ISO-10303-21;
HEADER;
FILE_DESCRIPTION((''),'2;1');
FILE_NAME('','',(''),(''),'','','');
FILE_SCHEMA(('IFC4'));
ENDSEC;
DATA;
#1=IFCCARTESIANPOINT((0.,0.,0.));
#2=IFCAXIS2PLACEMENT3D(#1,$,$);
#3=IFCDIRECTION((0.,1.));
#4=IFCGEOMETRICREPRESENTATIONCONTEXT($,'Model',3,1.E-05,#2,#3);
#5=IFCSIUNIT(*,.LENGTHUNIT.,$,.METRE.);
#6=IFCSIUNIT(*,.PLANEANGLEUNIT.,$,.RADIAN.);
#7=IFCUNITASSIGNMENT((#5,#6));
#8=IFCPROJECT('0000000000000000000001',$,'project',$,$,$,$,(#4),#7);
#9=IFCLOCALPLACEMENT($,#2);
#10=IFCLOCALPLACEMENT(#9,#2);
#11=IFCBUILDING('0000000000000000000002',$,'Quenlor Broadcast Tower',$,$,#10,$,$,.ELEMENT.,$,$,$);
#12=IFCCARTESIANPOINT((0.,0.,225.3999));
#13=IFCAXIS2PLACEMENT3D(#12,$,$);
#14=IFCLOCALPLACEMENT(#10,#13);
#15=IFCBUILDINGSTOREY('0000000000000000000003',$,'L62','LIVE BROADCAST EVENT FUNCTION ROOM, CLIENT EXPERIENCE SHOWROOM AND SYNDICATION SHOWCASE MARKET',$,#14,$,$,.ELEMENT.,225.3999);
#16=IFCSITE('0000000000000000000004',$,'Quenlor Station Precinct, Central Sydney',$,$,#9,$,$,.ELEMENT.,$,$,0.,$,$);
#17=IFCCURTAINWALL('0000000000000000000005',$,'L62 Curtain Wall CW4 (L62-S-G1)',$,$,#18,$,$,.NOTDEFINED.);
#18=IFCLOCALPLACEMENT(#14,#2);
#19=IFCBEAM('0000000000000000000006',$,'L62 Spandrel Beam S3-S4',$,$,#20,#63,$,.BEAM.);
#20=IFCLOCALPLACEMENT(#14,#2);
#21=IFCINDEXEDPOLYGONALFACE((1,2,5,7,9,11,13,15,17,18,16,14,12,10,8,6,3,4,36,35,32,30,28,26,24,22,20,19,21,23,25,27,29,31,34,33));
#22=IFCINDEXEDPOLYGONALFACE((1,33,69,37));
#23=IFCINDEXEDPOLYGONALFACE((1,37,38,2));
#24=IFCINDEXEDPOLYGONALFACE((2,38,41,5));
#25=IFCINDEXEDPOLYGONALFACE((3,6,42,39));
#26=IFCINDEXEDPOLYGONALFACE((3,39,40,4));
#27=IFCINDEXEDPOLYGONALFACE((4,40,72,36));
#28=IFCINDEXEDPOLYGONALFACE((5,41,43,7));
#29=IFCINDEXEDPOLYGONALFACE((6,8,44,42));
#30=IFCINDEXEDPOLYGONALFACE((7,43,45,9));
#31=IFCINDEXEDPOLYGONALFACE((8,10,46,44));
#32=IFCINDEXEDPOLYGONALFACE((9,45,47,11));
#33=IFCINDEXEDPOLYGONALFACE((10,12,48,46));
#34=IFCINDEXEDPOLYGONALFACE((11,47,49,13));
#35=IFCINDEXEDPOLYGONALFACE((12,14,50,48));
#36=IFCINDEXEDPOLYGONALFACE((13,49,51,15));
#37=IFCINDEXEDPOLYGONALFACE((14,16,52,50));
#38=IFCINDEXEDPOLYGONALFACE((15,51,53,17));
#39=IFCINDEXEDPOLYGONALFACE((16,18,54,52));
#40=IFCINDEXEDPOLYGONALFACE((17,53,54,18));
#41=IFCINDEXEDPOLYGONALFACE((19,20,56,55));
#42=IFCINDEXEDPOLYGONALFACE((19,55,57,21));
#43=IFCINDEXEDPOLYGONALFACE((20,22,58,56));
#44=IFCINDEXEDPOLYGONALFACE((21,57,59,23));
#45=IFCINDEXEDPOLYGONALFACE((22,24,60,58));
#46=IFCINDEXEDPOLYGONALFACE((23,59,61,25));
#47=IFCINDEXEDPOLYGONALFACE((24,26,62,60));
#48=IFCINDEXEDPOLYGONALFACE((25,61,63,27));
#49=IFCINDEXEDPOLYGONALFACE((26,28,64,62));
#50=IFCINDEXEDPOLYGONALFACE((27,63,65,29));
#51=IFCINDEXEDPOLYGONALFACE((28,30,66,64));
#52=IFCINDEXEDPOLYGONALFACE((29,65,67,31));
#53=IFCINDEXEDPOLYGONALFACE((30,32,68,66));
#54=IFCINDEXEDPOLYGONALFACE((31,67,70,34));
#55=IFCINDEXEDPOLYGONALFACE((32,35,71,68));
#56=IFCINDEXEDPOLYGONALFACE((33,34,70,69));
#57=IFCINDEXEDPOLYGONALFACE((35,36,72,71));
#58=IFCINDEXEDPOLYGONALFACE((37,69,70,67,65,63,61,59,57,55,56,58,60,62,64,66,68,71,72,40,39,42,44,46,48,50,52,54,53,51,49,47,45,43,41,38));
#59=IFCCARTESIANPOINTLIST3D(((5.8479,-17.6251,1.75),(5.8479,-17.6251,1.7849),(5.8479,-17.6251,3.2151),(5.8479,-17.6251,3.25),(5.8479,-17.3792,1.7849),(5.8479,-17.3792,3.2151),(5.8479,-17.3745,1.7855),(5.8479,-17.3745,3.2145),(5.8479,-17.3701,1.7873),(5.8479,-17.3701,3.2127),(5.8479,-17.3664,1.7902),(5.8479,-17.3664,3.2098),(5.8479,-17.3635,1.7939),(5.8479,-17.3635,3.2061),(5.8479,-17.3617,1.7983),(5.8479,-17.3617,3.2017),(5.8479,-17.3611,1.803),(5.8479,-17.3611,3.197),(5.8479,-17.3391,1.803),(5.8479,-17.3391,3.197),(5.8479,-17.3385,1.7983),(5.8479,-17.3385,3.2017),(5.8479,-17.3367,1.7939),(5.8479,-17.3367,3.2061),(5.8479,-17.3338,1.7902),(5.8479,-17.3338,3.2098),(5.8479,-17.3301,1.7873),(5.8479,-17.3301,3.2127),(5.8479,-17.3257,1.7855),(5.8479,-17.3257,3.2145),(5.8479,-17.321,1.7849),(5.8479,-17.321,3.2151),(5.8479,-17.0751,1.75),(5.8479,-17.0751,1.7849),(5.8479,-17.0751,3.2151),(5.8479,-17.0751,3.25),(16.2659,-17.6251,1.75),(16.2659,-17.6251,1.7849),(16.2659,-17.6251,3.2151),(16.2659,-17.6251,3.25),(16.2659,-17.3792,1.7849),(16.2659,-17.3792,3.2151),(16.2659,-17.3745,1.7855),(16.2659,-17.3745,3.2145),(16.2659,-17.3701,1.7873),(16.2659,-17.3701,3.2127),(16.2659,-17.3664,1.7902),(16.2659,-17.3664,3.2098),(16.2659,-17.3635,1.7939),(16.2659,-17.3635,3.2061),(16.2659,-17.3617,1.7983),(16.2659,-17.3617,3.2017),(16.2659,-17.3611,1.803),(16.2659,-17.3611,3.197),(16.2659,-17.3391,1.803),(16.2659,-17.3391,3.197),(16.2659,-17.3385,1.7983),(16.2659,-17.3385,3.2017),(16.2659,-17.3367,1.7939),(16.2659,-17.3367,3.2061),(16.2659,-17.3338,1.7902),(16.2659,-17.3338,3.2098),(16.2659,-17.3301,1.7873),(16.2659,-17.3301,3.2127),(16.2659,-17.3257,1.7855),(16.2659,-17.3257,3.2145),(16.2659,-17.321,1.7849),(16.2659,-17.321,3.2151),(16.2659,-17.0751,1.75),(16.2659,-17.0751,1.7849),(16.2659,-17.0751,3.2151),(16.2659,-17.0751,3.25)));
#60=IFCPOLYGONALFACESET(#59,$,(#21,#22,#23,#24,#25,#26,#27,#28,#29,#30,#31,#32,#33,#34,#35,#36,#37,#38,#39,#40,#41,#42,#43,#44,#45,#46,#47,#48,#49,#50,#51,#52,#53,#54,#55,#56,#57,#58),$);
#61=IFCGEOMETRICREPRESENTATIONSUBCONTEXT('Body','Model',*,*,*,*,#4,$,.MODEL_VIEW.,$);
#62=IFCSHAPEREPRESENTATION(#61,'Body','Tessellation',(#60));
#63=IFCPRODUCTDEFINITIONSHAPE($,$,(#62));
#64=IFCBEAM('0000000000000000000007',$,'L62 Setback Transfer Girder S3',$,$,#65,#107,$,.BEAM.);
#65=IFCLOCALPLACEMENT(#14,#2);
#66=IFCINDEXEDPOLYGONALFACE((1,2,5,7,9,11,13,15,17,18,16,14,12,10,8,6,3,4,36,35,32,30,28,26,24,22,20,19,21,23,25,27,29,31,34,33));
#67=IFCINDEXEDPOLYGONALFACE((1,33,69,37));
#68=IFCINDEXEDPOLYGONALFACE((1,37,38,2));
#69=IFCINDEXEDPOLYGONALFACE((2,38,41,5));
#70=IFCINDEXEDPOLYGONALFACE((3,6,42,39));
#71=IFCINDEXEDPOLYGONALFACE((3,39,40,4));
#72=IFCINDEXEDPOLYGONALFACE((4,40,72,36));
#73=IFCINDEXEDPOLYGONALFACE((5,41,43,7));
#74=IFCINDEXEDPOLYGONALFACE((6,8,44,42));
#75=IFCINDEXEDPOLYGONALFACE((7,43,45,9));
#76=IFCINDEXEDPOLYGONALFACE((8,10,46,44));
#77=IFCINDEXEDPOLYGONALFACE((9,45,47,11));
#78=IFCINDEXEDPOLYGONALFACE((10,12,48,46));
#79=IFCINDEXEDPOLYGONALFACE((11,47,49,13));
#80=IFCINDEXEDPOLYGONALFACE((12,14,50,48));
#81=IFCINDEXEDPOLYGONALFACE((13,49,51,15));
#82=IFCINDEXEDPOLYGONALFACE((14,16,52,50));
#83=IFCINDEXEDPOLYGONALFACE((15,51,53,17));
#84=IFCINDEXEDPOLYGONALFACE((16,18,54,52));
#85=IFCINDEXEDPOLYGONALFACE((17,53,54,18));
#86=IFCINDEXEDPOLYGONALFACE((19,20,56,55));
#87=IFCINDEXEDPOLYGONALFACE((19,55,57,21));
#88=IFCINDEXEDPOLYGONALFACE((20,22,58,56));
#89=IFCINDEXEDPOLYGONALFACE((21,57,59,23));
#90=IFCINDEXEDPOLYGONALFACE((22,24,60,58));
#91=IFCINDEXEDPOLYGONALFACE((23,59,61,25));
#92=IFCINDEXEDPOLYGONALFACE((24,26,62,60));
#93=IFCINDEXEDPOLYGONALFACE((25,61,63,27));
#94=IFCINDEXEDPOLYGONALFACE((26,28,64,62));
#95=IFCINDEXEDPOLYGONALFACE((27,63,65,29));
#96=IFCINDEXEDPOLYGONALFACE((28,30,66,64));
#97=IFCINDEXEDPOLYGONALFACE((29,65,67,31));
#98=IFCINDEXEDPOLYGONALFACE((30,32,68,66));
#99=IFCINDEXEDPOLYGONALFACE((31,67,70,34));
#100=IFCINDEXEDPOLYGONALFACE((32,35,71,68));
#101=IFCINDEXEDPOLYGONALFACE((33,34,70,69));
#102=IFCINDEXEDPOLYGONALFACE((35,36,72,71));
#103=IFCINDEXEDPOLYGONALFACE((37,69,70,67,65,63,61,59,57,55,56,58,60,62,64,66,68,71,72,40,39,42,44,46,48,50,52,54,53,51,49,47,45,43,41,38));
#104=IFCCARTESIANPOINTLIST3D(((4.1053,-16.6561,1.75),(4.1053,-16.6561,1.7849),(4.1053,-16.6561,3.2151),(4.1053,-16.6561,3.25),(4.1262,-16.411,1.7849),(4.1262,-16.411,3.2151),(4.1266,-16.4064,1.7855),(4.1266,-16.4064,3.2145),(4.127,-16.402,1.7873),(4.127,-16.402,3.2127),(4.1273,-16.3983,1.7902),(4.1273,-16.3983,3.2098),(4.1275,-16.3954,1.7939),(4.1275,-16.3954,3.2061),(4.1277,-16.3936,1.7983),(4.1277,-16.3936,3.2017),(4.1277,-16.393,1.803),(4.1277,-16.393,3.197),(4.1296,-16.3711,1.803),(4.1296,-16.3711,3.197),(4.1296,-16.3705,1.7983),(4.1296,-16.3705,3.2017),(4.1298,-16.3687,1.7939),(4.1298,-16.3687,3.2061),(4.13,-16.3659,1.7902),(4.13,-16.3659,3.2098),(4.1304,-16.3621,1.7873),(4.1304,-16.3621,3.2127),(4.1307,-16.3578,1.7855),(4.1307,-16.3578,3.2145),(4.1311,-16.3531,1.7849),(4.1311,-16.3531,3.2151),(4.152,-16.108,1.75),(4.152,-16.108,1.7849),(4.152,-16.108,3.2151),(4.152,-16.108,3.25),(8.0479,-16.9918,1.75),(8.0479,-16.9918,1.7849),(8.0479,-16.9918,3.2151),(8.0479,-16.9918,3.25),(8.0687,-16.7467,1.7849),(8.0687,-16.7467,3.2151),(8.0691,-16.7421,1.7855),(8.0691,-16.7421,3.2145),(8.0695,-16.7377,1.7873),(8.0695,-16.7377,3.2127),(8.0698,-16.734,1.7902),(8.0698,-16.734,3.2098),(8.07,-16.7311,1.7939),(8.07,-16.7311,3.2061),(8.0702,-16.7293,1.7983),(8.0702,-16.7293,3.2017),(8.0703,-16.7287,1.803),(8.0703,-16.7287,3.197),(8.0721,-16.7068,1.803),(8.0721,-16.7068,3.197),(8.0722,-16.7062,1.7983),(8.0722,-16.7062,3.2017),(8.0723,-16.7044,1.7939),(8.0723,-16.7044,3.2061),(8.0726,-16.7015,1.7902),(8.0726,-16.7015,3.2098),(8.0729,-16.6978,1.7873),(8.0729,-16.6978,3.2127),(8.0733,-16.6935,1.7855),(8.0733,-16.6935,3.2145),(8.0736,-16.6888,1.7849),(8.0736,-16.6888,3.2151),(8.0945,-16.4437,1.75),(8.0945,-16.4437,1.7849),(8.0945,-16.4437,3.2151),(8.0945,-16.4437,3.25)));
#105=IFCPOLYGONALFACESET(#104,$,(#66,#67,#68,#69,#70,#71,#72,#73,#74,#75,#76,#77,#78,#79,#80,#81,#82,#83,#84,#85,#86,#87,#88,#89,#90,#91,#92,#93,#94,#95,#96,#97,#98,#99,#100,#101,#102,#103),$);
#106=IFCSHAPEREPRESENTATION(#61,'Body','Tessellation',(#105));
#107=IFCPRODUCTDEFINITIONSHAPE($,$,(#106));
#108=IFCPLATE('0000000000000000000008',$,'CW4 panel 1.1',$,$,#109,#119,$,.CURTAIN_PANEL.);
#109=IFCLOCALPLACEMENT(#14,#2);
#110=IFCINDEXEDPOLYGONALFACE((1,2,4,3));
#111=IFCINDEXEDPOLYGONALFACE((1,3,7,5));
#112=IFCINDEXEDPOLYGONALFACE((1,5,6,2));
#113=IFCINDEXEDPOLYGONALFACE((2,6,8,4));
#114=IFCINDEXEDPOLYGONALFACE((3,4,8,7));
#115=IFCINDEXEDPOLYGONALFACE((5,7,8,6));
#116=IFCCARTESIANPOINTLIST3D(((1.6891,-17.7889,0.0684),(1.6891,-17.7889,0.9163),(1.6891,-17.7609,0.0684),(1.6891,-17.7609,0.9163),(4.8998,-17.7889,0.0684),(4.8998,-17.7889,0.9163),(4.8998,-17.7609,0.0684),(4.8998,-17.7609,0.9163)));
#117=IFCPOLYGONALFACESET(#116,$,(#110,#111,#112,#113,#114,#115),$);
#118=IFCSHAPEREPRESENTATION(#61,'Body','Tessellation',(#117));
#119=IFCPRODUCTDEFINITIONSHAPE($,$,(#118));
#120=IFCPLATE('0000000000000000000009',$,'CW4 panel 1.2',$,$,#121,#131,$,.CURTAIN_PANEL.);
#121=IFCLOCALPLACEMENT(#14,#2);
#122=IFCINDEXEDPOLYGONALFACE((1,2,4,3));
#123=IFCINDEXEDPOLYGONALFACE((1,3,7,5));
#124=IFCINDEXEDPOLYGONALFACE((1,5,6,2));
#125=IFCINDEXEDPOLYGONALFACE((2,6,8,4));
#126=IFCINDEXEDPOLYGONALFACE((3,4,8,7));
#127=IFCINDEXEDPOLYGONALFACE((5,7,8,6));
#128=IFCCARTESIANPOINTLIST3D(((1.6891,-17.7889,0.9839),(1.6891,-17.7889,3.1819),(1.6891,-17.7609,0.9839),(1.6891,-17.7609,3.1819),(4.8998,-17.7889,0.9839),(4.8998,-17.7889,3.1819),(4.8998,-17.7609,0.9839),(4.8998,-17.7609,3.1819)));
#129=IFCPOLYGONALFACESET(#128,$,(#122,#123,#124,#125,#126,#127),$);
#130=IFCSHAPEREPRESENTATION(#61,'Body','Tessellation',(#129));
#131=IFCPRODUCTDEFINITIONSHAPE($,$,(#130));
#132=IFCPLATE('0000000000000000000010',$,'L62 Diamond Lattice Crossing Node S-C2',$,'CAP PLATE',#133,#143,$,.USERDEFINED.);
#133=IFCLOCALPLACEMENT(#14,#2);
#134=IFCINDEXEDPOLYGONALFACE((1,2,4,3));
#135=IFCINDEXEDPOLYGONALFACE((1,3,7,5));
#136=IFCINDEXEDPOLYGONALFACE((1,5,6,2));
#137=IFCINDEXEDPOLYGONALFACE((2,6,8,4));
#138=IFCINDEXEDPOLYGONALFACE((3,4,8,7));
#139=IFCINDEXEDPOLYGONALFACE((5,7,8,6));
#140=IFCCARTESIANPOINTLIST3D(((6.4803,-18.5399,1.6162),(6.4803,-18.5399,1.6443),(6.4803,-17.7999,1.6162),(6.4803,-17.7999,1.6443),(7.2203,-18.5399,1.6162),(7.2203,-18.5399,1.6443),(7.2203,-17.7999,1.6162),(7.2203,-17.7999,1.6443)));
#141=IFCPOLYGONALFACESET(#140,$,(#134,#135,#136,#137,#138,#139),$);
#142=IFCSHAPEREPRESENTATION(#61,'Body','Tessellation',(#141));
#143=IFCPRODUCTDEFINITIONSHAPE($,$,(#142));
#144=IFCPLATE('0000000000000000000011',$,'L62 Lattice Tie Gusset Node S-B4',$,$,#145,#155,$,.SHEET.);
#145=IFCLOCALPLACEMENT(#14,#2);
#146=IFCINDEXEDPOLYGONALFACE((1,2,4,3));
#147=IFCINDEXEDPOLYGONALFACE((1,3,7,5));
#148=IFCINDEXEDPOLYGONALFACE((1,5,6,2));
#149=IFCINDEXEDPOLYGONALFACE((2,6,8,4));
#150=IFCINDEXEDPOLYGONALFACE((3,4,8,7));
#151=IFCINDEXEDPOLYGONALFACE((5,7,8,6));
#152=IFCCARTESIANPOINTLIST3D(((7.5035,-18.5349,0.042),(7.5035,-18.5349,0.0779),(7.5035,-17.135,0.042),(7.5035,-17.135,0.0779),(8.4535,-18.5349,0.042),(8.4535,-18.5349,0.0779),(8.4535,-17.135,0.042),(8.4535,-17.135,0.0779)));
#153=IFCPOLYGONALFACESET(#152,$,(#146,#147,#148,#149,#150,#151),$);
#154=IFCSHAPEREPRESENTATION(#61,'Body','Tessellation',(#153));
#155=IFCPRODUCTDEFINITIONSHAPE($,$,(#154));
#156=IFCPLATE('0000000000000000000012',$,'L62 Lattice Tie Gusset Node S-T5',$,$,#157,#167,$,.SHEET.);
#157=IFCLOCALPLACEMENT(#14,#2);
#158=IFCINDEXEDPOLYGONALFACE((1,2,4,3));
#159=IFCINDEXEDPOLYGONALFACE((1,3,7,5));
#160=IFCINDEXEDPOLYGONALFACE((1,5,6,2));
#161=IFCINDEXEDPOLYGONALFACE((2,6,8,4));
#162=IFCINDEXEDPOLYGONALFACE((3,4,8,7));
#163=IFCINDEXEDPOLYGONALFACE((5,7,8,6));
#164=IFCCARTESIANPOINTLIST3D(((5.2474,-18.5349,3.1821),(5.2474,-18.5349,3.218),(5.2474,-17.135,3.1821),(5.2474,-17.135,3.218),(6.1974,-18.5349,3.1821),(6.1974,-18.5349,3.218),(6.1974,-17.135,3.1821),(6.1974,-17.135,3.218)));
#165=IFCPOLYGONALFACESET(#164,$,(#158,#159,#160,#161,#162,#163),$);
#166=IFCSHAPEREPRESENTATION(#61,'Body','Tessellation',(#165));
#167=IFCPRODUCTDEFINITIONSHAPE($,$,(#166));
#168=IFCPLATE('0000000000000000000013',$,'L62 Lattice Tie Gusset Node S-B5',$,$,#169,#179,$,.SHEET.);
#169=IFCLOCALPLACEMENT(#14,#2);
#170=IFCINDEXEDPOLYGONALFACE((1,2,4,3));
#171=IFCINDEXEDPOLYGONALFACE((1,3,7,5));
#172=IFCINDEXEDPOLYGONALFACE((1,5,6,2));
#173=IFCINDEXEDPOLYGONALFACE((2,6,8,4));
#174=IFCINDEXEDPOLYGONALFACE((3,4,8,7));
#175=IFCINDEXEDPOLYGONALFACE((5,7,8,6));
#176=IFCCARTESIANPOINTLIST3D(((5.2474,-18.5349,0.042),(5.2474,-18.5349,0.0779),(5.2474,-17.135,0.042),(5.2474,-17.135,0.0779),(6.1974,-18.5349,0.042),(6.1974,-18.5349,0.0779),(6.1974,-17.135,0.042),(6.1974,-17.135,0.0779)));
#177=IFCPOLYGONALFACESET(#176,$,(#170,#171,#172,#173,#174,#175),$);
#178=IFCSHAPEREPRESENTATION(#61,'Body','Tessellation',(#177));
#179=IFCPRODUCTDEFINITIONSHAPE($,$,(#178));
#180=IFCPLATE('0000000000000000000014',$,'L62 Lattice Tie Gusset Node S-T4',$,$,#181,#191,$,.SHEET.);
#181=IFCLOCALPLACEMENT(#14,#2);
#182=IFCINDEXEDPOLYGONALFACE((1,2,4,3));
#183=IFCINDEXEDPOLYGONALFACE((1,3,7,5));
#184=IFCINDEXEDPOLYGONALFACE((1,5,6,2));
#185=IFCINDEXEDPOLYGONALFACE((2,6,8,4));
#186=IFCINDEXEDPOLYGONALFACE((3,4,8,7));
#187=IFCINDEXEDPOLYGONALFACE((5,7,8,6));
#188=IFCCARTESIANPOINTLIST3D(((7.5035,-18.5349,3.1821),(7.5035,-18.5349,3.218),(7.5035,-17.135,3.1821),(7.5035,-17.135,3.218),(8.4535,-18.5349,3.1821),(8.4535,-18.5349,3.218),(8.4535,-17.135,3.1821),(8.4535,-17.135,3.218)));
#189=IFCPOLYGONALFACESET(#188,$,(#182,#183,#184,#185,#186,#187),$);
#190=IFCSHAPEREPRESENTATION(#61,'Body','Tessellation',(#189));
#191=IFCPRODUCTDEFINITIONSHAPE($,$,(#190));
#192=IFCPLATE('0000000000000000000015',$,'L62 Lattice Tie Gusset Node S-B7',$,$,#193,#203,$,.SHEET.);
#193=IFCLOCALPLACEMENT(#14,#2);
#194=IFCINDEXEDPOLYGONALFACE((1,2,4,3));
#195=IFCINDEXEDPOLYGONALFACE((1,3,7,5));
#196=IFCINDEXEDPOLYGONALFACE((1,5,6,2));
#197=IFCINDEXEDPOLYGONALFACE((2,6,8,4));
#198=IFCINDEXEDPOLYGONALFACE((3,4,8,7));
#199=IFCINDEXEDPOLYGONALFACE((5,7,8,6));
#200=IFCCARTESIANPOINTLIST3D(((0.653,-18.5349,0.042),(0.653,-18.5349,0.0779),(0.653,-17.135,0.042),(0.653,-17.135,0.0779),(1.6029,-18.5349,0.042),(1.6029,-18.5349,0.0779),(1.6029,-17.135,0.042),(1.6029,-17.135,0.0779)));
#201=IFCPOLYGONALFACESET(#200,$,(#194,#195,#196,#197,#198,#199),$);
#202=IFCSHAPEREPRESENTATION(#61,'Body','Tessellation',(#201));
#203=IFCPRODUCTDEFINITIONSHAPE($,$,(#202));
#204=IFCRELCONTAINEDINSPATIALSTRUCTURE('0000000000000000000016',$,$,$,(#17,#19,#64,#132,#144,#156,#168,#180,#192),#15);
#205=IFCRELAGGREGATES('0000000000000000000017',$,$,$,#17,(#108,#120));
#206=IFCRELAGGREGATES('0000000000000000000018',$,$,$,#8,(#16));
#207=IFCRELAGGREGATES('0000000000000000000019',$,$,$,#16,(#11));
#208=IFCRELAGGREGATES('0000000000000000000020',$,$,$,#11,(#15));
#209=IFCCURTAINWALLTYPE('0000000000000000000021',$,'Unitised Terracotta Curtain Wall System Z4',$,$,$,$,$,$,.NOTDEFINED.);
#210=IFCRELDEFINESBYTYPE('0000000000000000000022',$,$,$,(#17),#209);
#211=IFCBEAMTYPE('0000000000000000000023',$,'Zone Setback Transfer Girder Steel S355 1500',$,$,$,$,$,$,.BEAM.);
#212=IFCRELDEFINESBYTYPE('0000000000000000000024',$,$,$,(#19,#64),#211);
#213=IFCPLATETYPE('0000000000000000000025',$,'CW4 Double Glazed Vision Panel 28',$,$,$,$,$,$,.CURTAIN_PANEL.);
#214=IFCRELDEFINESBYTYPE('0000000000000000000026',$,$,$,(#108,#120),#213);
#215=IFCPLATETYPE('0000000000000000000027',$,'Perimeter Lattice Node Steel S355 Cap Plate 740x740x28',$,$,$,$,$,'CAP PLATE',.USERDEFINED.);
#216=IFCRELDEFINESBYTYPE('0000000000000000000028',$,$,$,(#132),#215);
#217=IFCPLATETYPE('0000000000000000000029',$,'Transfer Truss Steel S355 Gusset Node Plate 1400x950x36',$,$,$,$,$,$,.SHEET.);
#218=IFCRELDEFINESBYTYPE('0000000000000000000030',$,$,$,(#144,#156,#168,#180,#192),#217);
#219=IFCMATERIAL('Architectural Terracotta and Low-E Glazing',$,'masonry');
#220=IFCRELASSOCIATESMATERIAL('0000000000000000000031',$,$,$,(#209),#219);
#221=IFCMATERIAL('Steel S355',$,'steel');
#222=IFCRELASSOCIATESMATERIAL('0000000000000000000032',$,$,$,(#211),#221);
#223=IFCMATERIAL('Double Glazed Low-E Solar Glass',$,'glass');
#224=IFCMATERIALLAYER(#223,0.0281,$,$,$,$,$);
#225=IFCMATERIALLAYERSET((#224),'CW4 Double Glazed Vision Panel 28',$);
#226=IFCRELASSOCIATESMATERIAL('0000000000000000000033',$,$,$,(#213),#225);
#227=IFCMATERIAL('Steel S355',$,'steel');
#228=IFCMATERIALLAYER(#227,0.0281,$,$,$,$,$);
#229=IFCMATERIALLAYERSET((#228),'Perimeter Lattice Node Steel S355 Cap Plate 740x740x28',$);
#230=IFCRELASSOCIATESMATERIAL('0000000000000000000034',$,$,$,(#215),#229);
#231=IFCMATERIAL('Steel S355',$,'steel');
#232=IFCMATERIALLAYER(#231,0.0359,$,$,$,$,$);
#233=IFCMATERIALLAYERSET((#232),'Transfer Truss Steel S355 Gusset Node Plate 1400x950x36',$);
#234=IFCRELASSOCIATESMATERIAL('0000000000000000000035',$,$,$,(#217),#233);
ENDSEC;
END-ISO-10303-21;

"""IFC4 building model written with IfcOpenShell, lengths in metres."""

from ifc_helpers import new_model, si_unit, direction, frame, origin, origin_2d, place, context, subcontext, project, spatial, rectangle, i_section, extrude, material, layer, layer_set, material_profile, profile_set, type_object, element, aggregate, save


model = new_model("IFC4")

# Units and contexts
model_context = context("Model", 3, precision=1e-05, world=origin(), true_north=direction((0.0, 1.0)))
body_context = subcontext(model_context, "Body", "Model", "MODEL_VIEW")
ifc_project = project(units=[si_unit("LENGTHUNIT", "METRE"), si_unit("PLANEANGLEUNIT", "RADIAN")], contexts=[model_context])

# Site, building, storey
site_placement = place(None, origin())
site = spatial("IfcSite", under=ifc_project, at=site_placement, Name="Quenlor Station Precinct, Central Sydney", CompositionType="ELEMENT", RefElevation=0.0)
building_placement = place(site_placement, origin())
building = spatial("IfcBuilding", under=site, at=building_placement, Name="Quenlor Broadcast Tower", CompositionType="ELEMENT")
storey_placement = place(building_placement, frame((0.0, 0.0, 225.3999)))
storey = spatial("IfcBuildingStorey", under=building, at=storey_placement, Name="L62", Description="LIVE BROADCAST EVENT FUNCTION ROOM, CLIENT EXPERIENCE SHOWROOM AND SYNDICATION SHOWCASE MARKET", CompositionType="ELEMENT", Elevation=225.3999)

# Curtain wall
ifc_material_1 = material(Name="Architectural Terracotta and Low-E Glazing", Category="masonry")
curtain_wall_type = type_object("IfcCurtainWallType", Name="Unitised Terracotta Curtain Wall System Z4", PredefinedType="NOTDEFINED", material=ifc_material_1)
curtain_wall_placement = place(storey_placement, origin())
curtain_wall = element("IfcCurtainWall", 1, at=curtain_wall_placement, inside=storey, type_object=curtain_wall_type, Name="L62 Curtain Wall CW4 (L62-S-G1)", PredefinedType="NOTDEFINED")

# Beams
ifc_material_2 = material(Name="Steel S355", Category="steel")
ifc_material_profile_1 = material_profile(ifc_material_2, i_section(OverallWidth=0.55, OverallDepth=1.5, WebThickness=0.022, FlangeThickness=0.0349, FilletRadius=0.0181, at=origin_2d()))
ifc_profile_set_1 = profile_set([ifc_material_profile_1], Name="Steel S355 1500TG510")
beam_type = type_object("IfcBeamType", Name="Zone Setback Transfer Girder Steel S355 1500", PredefinedType="BEAM", material=ifc_profile_set_1)
beam_1_placement = place(storey_placement, frame((5.8479, -17.3501, 2.5), z_axis=(1.0, 0.0, 0.0), x_axis=(0.0, 1.0, 0.0)))
element("IfcBeam", 2, at=beam_1_placement, inside=storey, type_object=beam_type, Name="L62 Spandrel Beam S3-S4", PredefinedType="BEAM", context=body_context, shape_type="SweptSolid", body=[
    extrude(i_section(OverallWidth=0.55, OverallDepth=1.5, WebThickness=0.022, FlangeThickness=0.0349, FilletRadius=0.0181, at=origin_2d()), origin(), (0.0, 0.0, 1.0), 10.418),
])
beam_2_placement = place(storey_placement, frame((4.1287, -16.3821, 2.5), z_axis=(0.996395, -0.084838, 0.0), x_axis=(0.084838, 0.996395, 0.0)))
element("IfcBeam", 3, at=beam_2_placement, inside=storey, type_object=beam_type, Name="L62 Setback Transfer Girder S3", PredefinedType="BEAM", context=body_context, shape_type="SweptSolid", body=[
    extrude(i_section(OverallWidth=0.55, OverallDepth=1.5, WebThickness=0.022, FlangeThickness=0.0349, FilletRadius=0.0181, at=origin_2d()), origin(), (0.0, 0.0, 1.0), 3.9568),
])

# Plates
ifc_material_3 = material(Name="Double Glazed Low-E Solar Glass", Category="glass")
ifc_layer_1 = layer(ifc_material_3, 0.0281)
ifc_layer_set_1 = layer_set([ifc_layer_1], Name="CW4 Double Glazed Vision Panel 28")
plate_type_1 = type_object("IfcPlateType", Name="CW4 Double Glazed Vision Panel 28", PredefinedType="CURTAIN_PANEL", material=ifc_layer_set_1)
plate_1_placement = place(storey_placement, frame((3.2944, -17.7749, 0.0684), z_axis=(0.0, 0.0, 1.0), x_axis=(-1.0, 0.0, 0.0)))
plate_1 = element("IfcPlate", 4, at=plate_1_placement, type_object=plate_type_1, Name="CW4 panel 1.1", PredefinedType="CURTAIN_PANEL", context=body_context, shape_type="SweptSolid", body=[
    extrude(rectangle(XDim=3.2107, YDim=0.0281, at=origin_2d()), origin(), (0.0, 0.0, 1.0), 0.8479),
])
plate_2_placement = place(storey_placement, frame((3.2944, -17.7749, 0.9839), z_axis=(0.0, 0.0, 1.0), x_axis=(-1.0, 0.0, 0.0)))
plate_2 = element("IfcPlate", 5, at=plate_2_placement, type_object=plate_type_1, Name="CW4 panel 1.2", PredefinedType="CURTAIN_PANEL", context=body_context, shape_type="SweptSolid", body=[
    extrude(rectangle(XDim=3.2107, YDim=0.0281, at=origin_2d()), origin(), (0.0, 0.0, 1.0), 2.198),
])
aggregate(curtain_wall, [plate_1, plate_2])

# Plates
ifc_material_4 = material(Name="Steel S355", Category="steel")
ifc_layer_2 = layer(ifc_material_4, 0.0281)
ifc_layer_set_2 = layer_set([ifc_layer_2], Name="Perimeter Lattice Node Steel S355 Cap Plate 740x740x28")
plate_type_2 = type_object("IfcPlateType", Name="Perimeter Lattice Node Steel S355 Cap Plate 740x740x28", ElementType="CAP PLATE", PredefinedType="USERDEFINED", material=ifc_layer_set_2)
plate_3_placement = place(storey_placement, frame((6.8503, -18.1699, 1.6162), z_axis=(0.0, 0.0, 1.0), x_axis=(-1.0, 0.0, 0.0)))
element("IfcPlate", 6, at=plate_3_placement, inside=storey, type_object=plate_type_2, Name="L62 Diamond Lattice Crossing Node S-C2", ObjectType="CAP PLATE", PredefinedType="USERDEFINED", context=body_context, shape_type="SweptSolid", body=[
    extrude(rectangle(XDim=0.74, YDim=0.74, at=origin_2d()), origin(), (0.0, 0.0, 1.0), 0.0281),
])
ifc_material_5 = material(Name="Steel S355", Category="steel")
ifc_layer_3 = layer(ifc_material_5, 0.0359)
ifc_layer_set_3 = layer_set([ifc_layer_3], Name="Transfer Truss Steel S355 Gusset Node Plate 1400x950x36")
plate_type_3 = type_object("IfcPlateType", Name="Transfer Truss Steel S355 Gusset Node Plate 1400x950x36", PredefinedType="SHEET", material=ifc_layer_set_3)
for number, where, z_axis, x_axis, name in (
    (7, (7.9785, -17.835, 0.042), (0.0, 0.0, 1.0), (0.0, -1.0, 0.0), "L62 Lattice Tie Gusset Node S-B4"),
    (8, (5.7224, -17.835, 3.1821), (0.0, 0.0, 1.0), (0.0, -1.0, 0.0), "L62 Lattice Tie Gusset Node S-T5"),
    (9, (5.7224, -17.835, 0.042), (0.0, 0.0, 1.0), (0.0, -1.0, 0.0), "L62 Lattice Tie Gusset Node S-B5"),
    (10, (7.9785, -17.835, 3.1821), (0.0, 0.0, 1.0), (0.0, -1.0, 0.0), "L62 Lattice Tie Gusset Node S-T4"),
    (11, (1.1279, -17.835, 0.042), (0.0, 0.0, 1.0), (0.0, -1.0, 0.0), "L62 Lattice Tie Gusset Node S-B7"),
):
    element("IfcPlate", number, at=place(storey_placement, frame(where, z_axis=z_axis, x_axis=x_axis)), inside=storey, type_object=plate_type_3, Name=name, PredefinedType="SHEET", context=body_context, shape_type="SweptSolid", body=[
        extrude(rectangle(XDim=1.3999, YDim=0.95, at=origin_2d()), origin(), (0.0, 0.0, 1.0), 0.0359),
    ])

save(model, "model.ifc")
